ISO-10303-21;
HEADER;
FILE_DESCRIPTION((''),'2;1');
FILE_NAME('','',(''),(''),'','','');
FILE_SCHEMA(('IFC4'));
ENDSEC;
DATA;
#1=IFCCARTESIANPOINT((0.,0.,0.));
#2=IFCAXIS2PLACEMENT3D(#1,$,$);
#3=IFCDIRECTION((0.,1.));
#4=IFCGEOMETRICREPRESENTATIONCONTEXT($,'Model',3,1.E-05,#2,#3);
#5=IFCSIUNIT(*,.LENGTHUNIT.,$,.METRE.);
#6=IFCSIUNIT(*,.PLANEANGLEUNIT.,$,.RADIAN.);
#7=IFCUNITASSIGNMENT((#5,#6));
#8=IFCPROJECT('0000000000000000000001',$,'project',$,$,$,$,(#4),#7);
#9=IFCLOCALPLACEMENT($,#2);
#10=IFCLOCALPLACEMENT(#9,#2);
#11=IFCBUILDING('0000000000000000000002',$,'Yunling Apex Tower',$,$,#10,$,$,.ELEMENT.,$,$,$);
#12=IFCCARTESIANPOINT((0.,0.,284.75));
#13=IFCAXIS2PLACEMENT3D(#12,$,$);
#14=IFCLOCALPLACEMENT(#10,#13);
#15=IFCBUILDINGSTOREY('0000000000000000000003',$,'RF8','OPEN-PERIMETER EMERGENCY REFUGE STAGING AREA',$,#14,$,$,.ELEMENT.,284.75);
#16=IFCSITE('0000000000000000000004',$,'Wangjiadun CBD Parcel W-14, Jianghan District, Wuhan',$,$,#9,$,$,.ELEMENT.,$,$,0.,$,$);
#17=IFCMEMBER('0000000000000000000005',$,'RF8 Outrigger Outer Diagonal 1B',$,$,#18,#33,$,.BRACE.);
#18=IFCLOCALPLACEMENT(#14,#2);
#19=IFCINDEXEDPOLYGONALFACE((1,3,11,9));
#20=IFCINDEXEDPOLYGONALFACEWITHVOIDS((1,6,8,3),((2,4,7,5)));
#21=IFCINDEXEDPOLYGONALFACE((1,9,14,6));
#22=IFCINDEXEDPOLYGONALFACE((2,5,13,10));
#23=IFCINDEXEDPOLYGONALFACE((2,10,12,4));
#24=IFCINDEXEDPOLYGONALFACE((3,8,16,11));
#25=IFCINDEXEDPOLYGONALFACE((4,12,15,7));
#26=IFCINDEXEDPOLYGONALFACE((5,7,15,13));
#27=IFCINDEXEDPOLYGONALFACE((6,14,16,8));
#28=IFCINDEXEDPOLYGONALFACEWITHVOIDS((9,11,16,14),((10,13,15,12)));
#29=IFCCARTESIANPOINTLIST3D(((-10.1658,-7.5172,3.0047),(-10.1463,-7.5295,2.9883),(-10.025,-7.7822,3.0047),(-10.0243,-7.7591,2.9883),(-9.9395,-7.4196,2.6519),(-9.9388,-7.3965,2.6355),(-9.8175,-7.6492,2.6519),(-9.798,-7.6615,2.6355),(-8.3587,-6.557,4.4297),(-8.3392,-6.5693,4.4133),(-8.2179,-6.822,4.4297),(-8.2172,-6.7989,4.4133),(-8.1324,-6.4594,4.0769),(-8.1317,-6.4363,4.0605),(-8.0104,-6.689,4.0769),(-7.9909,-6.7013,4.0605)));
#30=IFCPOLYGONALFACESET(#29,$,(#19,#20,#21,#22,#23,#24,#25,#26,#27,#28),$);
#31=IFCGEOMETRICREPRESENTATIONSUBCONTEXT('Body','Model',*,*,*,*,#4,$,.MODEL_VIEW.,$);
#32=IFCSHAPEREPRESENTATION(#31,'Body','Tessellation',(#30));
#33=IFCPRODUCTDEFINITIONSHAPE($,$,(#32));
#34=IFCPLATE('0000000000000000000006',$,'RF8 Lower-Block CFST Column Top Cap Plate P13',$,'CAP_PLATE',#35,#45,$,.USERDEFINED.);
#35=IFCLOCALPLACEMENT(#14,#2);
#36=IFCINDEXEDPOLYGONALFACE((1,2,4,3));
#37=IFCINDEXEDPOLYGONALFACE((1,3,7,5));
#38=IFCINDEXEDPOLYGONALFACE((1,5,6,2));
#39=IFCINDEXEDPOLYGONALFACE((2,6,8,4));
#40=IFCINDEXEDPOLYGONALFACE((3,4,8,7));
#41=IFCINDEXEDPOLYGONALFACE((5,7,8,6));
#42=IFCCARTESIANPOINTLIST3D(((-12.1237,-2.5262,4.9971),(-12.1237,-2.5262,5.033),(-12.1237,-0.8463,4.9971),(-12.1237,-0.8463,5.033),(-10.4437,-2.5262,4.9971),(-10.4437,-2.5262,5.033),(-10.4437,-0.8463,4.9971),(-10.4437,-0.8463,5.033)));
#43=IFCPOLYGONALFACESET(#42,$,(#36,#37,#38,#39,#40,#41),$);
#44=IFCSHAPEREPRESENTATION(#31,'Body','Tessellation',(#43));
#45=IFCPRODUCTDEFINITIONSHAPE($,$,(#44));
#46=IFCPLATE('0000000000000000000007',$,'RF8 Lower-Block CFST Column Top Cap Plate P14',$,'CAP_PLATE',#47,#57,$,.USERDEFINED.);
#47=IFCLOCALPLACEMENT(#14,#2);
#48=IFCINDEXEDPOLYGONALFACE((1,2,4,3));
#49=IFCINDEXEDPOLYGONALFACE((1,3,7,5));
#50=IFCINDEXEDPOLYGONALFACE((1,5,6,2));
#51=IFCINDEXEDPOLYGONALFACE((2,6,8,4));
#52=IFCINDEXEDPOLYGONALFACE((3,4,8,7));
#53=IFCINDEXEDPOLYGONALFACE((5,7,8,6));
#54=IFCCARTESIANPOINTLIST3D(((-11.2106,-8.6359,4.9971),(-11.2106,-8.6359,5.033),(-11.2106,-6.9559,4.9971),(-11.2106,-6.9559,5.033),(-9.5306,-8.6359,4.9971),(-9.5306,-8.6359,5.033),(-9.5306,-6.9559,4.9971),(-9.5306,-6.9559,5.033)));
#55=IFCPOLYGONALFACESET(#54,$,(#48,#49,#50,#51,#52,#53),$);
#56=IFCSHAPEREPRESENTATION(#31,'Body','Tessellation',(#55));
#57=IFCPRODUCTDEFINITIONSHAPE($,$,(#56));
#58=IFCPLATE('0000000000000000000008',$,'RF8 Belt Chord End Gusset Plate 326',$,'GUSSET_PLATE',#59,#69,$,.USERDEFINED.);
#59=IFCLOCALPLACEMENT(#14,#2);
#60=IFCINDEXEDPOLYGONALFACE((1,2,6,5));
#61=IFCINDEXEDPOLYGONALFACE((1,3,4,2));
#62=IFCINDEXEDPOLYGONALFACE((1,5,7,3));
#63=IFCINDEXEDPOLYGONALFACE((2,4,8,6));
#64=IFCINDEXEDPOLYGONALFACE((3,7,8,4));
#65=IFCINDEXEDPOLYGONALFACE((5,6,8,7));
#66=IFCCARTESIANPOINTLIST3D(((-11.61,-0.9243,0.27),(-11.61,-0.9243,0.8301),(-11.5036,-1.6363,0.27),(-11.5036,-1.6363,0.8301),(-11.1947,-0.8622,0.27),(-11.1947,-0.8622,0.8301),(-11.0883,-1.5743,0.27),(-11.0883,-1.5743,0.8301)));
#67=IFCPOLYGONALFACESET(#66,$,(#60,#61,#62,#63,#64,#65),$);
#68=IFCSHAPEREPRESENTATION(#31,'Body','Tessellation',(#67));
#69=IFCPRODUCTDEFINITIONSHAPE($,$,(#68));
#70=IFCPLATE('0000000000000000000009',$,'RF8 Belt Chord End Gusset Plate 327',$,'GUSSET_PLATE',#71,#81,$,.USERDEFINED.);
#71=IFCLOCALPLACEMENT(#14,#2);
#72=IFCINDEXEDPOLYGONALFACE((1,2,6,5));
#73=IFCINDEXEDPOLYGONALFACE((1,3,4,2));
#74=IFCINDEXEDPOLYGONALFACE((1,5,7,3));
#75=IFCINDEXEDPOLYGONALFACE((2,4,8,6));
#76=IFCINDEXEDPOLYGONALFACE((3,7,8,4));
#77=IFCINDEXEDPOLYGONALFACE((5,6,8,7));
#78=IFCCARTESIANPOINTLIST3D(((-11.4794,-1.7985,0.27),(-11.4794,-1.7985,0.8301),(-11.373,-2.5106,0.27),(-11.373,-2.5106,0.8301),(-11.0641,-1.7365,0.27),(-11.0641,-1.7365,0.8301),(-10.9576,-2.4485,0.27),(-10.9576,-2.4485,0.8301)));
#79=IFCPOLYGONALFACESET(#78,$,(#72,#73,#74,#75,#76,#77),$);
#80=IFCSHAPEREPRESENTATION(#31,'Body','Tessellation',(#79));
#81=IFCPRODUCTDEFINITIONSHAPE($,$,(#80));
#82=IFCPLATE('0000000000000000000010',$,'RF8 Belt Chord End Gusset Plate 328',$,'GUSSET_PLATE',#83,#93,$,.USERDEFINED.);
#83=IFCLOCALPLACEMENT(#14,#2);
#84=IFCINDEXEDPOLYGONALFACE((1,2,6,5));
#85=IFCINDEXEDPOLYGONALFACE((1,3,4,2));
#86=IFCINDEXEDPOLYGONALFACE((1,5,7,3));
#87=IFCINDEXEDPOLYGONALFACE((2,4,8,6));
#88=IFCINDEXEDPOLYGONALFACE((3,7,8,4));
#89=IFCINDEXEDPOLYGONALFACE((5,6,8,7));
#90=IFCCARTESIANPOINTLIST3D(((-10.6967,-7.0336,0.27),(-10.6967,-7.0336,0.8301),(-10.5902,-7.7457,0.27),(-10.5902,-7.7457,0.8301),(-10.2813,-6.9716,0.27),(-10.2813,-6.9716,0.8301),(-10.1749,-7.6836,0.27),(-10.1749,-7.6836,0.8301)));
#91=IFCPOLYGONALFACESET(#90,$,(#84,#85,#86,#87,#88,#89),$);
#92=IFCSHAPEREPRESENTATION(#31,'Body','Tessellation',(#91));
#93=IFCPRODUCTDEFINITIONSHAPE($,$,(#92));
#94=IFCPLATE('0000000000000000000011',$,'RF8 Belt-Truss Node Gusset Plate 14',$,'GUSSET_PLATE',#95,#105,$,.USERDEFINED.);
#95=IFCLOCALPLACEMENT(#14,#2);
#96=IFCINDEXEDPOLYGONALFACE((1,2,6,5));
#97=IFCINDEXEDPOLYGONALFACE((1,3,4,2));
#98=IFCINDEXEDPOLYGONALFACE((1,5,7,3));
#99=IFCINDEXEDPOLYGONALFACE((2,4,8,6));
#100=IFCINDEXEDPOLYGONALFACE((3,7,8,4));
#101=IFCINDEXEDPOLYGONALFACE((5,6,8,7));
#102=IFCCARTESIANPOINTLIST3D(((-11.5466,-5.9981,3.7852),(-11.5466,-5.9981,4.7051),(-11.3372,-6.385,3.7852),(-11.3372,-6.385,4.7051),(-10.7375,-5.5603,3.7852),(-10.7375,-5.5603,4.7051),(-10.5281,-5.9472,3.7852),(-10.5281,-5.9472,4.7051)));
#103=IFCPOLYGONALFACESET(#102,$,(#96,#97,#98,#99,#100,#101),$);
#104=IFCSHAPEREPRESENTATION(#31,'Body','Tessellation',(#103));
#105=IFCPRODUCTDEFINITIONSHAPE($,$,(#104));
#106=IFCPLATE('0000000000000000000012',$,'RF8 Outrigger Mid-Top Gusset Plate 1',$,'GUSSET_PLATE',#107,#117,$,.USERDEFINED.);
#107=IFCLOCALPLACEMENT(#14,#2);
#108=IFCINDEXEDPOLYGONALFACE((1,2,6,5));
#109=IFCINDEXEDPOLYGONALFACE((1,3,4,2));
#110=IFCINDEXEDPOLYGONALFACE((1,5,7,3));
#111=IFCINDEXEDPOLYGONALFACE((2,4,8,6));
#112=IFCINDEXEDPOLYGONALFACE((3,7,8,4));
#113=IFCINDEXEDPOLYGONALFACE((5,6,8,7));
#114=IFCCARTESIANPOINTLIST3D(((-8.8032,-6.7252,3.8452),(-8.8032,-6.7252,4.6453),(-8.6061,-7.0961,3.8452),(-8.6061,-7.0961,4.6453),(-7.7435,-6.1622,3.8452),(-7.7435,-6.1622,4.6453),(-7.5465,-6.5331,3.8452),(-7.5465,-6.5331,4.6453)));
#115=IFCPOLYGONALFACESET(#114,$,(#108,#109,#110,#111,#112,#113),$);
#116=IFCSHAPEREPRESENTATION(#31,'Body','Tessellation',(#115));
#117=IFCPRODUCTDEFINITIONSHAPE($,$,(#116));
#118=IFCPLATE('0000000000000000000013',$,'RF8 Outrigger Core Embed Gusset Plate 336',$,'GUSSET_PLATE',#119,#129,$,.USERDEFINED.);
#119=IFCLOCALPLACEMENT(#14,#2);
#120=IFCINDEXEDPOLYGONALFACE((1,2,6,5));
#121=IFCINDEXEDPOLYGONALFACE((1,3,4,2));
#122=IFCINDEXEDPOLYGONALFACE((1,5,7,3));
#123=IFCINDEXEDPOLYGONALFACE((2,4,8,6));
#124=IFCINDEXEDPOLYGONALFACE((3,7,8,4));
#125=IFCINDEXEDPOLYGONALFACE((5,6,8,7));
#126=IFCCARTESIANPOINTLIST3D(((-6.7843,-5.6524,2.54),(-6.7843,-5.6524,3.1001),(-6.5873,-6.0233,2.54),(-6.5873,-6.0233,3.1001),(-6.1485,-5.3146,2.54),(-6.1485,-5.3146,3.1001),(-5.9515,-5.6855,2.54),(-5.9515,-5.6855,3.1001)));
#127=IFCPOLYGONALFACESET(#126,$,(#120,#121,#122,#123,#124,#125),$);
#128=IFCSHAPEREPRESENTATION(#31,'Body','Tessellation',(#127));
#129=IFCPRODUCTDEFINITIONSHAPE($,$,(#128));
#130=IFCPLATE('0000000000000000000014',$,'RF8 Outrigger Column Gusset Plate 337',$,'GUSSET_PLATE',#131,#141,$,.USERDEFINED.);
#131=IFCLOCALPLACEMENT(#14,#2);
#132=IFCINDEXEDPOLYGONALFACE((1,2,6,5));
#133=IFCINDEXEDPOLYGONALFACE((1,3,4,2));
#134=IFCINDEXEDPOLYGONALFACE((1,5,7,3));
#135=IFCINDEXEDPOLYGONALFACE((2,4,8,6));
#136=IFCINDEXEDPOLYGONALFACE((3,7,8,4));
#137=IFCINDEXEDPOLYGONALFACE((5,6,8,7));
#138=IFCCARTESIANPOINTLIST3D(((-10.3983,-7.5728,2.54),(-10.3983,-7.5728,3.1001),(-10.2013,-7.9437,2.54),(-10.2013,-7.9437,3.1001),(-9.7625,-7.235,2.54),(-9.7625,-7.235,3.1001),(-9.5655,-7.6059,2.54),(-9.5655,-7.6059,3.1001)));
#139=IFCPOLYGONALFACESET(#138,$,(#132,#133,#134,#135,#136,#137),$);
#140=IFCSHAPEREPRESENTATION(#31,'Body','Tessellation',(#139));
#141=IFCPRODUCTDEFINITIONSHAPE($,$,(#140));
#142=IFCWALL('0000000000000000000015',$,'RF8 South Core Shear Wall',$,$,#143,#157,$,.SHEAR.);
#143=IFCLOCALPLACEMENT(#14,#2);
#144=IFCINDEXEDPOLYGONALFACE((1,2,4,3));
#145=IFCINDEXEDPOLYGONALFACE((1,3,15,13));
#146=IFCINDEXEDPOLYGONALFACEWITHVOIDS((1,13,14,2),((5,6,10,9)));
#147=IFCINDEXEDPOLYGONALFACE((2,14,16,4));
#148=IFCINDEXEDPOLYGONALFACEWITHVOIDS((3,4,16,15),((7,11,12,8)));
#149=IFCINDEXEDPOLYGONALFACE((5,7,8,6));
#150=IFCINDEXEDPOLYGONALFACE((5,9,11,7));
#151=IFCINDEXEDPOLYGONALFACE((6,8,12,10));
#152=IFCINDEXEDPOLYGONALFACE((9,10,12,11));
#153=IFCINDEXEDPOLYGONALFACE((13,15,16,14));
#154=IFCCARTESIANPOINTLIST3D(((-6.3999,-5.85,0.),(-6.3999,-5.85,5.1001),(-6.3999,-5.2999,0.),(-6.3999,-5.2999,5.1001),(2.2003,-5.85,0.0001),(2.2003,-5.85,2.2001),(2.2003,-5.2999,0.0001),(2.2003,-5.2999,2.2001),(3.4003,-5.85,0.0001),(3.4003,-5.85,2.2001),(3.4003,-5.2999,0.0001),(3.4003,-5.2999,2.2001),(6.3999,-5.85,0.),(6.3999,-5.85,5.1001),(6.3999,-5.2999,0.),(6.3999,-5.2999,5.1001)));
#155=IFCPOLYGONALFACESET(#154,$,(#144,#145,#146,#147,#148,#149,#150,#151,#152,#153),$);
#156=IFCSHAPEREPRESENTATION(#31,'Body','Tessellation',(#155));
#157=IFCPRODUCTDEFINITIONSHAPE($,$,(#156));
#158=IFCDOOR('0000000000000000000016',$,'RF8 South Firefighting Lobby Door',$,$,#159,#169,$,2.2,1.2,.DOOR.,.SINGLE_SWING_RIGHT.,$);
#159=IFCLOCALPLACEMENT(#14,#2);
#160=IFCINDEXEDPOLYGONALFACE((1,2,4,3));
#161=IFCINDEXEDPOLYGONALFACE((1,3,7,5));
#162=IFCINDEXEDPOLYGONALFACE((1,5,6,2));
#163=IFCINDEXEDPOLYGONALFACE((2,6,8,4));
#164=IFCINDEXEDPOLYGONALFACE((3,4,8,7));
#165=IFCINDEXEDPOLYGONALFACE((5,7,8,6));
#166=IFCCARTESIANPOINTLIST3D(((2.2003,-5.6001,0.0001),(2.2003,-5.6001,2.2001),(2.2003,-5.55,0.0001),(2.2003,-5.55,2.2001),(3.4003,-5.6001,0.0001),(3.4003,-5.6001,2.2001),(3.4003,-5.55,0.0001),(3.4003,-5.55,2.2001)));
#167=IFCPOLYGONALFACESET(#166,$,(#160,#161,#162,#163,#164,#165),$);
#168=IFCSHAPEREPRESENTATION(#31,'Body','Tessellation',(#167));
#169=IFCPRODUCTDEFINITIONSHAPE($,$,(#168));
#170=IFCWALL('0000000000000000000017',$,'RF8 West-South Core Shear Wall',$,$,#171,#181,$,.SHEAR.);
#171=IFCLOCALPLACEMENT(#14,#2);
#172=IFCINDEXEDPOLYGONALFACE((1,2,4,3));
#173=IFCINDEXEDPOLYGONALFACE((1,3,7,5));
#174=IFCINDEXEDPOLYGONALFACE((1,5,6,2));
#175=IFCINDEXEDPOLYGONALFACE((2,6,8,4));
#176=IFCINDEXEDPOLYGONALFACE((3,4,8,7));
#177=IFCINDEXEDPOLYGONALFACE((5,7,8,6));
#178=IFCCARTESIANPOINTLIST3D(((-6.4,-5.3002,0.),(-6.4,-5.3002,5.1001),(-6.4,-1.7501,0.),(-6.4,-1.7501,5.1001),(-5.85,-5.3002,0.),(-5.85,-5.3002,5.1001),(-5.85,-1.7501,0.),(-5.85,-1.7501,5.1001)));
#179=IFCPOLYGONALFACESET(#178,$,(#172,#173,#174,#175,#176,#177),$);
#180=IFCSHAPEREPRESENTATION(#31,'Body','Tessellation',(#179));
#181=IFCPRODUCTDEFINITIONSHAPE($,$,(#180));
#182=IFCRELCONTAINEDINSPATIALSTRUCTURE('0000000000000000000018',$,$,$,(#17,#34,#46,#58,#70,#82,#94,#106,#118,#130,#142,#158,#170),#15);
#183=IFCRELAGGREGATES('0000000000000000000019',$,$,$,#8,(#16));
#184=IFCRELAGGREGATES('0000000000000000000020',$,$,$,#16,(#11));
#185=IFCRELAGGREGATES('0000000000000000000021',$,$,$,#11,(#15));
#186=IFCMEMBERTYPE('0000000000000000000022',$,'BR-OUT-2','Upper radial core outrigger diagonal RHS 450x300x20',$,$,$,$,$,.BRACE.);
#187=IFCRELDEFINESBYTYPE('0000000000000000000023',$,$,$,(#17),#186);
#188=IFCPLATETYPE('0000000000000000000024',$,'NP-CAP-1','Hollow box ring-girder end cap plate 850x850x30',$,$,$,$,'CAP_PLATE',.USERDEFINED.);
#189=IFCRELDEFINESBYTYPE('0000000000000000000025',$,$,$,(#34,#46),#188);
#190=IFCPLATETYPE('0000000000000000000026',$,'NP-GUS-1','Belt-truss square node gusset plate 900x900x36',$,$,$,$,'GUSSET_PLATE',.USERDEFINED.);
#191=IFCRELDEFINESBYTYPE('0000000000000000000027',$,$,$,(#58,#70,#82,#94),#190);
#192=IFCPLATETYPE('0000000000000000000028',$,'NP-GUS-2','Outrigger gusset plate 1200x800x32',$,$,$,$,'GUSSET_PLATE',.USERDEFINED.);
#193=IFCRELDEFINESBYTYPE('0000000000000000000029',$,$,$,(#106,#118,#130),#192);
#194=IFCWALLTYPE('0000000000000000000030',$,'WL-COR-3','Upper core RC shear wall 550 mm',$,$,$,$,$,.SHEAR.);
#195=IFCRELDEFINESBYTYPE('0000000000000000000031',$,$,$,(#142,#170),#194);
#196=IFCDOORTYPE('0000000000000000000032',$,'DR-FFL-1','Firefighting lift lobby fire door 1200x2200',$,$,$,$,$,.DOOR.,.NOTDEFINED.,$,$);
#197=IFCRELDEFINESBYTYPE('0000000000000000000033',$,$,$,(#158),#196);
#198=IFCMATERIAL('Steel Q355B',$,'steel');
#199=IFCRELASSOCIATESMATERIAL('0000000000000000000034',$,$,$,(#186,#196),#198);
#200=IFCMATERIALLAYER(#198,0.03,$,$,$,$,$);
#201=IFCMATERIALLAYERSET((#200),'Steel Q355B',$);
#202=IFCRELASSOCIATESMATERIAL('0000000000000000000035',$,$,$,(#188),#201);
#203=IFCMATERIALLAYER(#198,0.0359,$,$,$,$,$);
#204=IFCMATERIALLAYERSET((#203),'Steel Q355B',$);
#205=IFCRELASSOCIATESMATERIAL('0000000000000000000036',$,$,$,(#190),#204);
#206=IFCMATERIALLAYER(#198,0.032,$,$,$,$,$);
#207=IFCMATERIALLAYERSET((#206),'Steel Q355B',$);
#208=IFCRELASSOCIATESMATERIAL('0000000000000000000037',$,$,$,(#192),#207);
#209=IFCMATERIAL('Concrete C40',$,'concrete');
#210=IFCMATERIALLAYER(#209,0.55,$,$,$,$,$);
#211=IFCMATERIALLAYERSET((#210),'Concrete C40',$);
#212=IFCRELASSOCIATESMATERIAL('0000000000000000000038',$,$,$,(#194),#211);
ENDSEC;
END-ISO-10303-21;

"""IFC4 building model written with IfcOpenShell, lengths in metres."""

from ifc_helpers import new_model, si_unit, direction, frame, frame_2d, origin, origin_2d, place, context, subcontext, project, spatial, rectangle, hollow_rectangle, extrude, source, transform, mapped, material, layer, layer_set, material_profile, profile_set, type_object, element, fill, save


model = new_model("IFC4")

# Units and contexts
model_context = context("Model", 3, precision=1e-05, world=origin(), true_north=direction((0.0, 1.0)))
body_context = subcontext(model_context, "Body", "Model", "MODEL_VIEW")
ifc_project = project(units=[si_unit("LENGTHUNIT", "METRE"), si_unit("PLANEANGLEUNIT", "RADIAN")], contexts=[model_context])

# Site, building, storey
site_placement = place(None, origin())
site = spatial("IfcSite", under=ifc_project, at=site_placement, Name="Wangjiadun CBD Parcel W-14, Jianghan District, Wuhan", CompositionType="ELEMENT", RefElevation=0.0)
building_placement = place(site_placement, origin())
building = spatial("IfcBuilding", under=site, at=building_placement, Name="Yunling Apex Tower", CompositionType="ELEMENT")
storey_placement = place(building_placement, frame((0.0, 0.0, 284.75)))
storey = spatial("IfcBuildingStorey", under=building, at=storey_placement, Name="RF8", Description="OPEN-PERIMETER EMERGENCY REFUGE STAGING AREA", CompositionType="ELEMENT", Elevation=284.75)

# Shared definitions
ifc_material_1 = material(Name="Steel Q355B", Category="steel")

# Shared definitions
ifc_material_2 = material(Name="Concrete C40", Category="concrete")

# Member
ifc_material_profile_1 = material_profile(ifc_material_1, hollow_rectangle(XDim=0.3, YDim=0.45, WallThickness=0.02, at=origin_2d()))
ifc_profile_set_1 = profile_set([ifc_material_profile_1], Name="Steel Q355B")
member_type_1 = type_object("IfcMemberType", Name="BR-OUT-2", Description="Upper radial core outrigger diagonal RHS 450x300x20", PredefinedType="BRACE", material=ifc_profile_set_1)
shared_shape_1 = source(origin(), body_context, "Body", "SweptSolid", [
    extrude(hollow_rectangle(XDim=0.3, YDim=0.45, WallThickness=0.02, at=origin_2d()), origin(), (0.0, 0.0, 1.0), 2.4937),
])
member_1_placement = place(storey_placement, frame((-8.1748, -6.6292, 4.2451), z_axis=(-0.724682, -0.385054, -0.571463), x_axis=(0.469219, -0.883082, 0.0)))
element("IfcMember", 1, at=member_1_placement, inside=storey, type_object=member_type_1, Name="RF8 Outrigger Outer Diagonal 1B", PredefinedType="BRACE", context=body_context, shape_type="MappedRepresentation", body=[
    mapped(shared_shape_1, transform((0.0, 0.0, 0.0), scale=1.0)),
])

# Plates
ifc_layer_1 = layer(ifc_material_1, 0.03)
ifc_layer_set_1 = layer_set([ifc_layer_1], Name="Steel Q355B")
plate_type_1 = type_object("IfcPlateType", Name="NP-CAP-1", Description="Hollow box ring-girder end cap plate 850x850x30", ElementType="CAP_PLATE", PredefinedType="USERDEFINED", material=ifc_layer_set_1)
shared_shape_2 = source(origin(), body_context, "Body", "SweptSolid", [
    extrude(rectangle(XDim=1.6799, YDim=1.6799, at=origin_2d()), origin(), (0.0, 0.0, 1.0), 0.0359),
])
for number, where, z_axis, x_axis, name in (
    (2, (-11.2837, -1.6863, 4.9971), (0.0, 0.0, 1.0), (1.0, 0.0, 0.0), "RF8 Lower-Block CFST Column Top Cap Plate P13"),
    (3, (-10.3706, -7.7959, 4.9971), (0.0, 0.0, 1.0), (1.0, 0.0, 0.0), "RF8 Lower-Block CFST Column Top Cap Plate P14"),
):
    element("IfcPlate", number, at=place(storey_placement, frame(where, z_axis=z_axis, x_axis=x_axis)), inside=storey, type_object=plate_type_1, Name=name, ObjectType="CAP_PLATE", PredefinedType="USERDEFINED", context=body_context, shape_type="MappedRepresentation", body=[
        mapped(shared_shape_2, transform((0.0, 0.0, 0.0), scale=1.0)),
    ])
ifc_layer_2 = layer(ifc_material_1, 0.0359)
ifc_layer_set_2 = layer_set([ifc_layer_2], Name="Steel Q355B")
plate_type_2 = type_object("IfcPlateType", Name="NP-GUS-1", Description="Belt-truss square node gusset plate 900x900x36", ElementType="GUSSET_PLATE", PredefinedType="USERDEFINED", material=ifc_layer_set_2)
shared_shape_3 = source(origin(), body_context, "Body", "SweptSolid", [
    extrude(rectangle(XDim=0.72, YDim=0.4199, at=origin_2d()), origin(), (0.0, 0.0, 1.0), 0.5601),
])
for number, where, z_axis, x_axis, name in (
    (4, (-11.3491, -1.2493, 0.27), (0.0, 0.0, 1.0), (0.147809, -0.989016, 0.0), "RF8 Belt Chord End Gusset Plate 326"),
    (5, (-11.2185, -2.1235, 0.27), (0.0, 0.0, 1.0), (0.147809, -0.989016, 0.0), "RF8 Belt Chord End Gusset Plate 327"),
    (6, (-10.4358, -7.3586, 0.27), (0.0, 0.0, 1.0), (0.147809, -0.989016, 0.0), "RF8 Belt Chord End Gusset Plate 328"),
):
    element("IfcPlate", number, at=place(storey_placement, frame(where, z_axis=z_axis, x_axis=x_axis)), inside=storey, type_object=plate_type_2, Name=name, ObjectType="GUSSET_PLATE", PredefinedType="USERDEFINED", context=body_context, shape_type="MappedRepresentation", body=[
        mapped(shared_shape_3, transform((0.0, 0.0, 0.0), scale=1.0)),
    ])
shared_shape_4 = source(origin(), body_context, "Body", "SweptSolid", [
    extrude(rectangle(XDim=0.9199, YDim=0.4399, at=origin_2d()), origin(), (0.0, 0.0, 1.0), 0.9199),
])
plate_1_placement = place(storey_placement, frame((-11.0374, -5.9727, 3.7852), z_axis=(0.0, 0.0, 1.0), x_axis=(-0.879482, -0.475931, 0.0)))
element("IfcPlate", 7, at=plate_1_placement, inside=storey, type_object=plate_type_2, Name="RF8 Belt-Truss Node Gusset Plate 14", ObjectType="GUSSET_PLATE", PredefinedType="USERDEFINED", context=body_context, shape_type="MappedRepresentation", body=[
    mapped(shared_shape_4, transform((0.0, 0.0, 0.0), scale=1.0)),
])
ifc_layer_3 = layer(ifc_material_1, 0.032)
ifc_layer_set_3 = layer_set([ifc_layer_3], Name="Steel Q355B")
plate_type_3 = type_object("IfcPlateType", Name="NP-GUS-2", Description="Outrigger gusset plate 1200x800x32", ElementType="GUSSET_PLATE", PredefinedType="USERDEFINED", material=ifc_layer_set_3)
shared_shape_5 = source(origin(), body_context, "Body", "SweptSolid", [
    extrude(rectangle(XDim=1.2, YDim=0.4199, at=origin_2d()), origin(), (0.0, 0.0, 1.0), 0.8),
])
plate_2_placement = place(storey_placement, frame((-8.1748, -6.6292, 3.8452), z_axis=(0.0, 0.0, 1.0), x_axis=(-0.883111, -0.469163, 0.0)))
element("IfcPlate", 8, at=plate_2_placement, inside=storey, type_object=plate_type_3, Name="RF8 Outrigger Mid-Top Gusset Plate 1", ObjectType="GUSSET_PLATE", PredefinedType="USERDEFINED", context=body_context, shape_type="MappedRepresentation", body=[
    mapped(shared_shape_5, transform((0.0, 0.0, 0.0), scale=1.0)),
])
shared_shape_6 = source(origin(), body_context, "Body", "SweptSolid", [
    extrude(rectangle(XDim=0.72, YDim=0.4199, at=origin_2d()), origin(), (0.0, 0.0, 1.0), 0.5601),
])
for number, where, z_axis, x_axis, name in (
    (9, (-6.3679, -5.6689, 2.54), (0.0, 0.0, 1.0), (-0.883111, -0.469163, 0.0), "RF8 Outrigger Core Embed Gusset Plate 336"),
    (10, (-9.9819, -7.5894, 2.54), (0.0, 0.0, 1.0), (-0.883111, -0.469163, 0.0), "RF8 Outrigger Column Gusset Plate 337"),
):
    element("IfcPlate", number, at=place(storey_placement, frame(where, z_axis=z_axis, x_axis=x_axis)), inside=storey, type_object=plate_type_3, Name=name, ObjectType="GUSSET_PLATE", PredefinedType="USERDEFINED", context=body_context, shape_type="MappedRepresentation", body=[
        mapped(shared_shape_6, transform((0.0, 0.0, 0.0), scale=1.0)),
    ])

# Wall, opening, door
ifc_layer_4 = layer(ifc_material_2, 0.55)
ifc_layer_set_4 = layer_set([ifc_layer_4], Name="Concrete C40")
wall_type_1 = type_object("IfcWallType", Name="WL-COR-3", Description="Upper core RC shear wall 550 mm", PredefinedType="SHEAR", material=ifc_layer_set_4)
wall_1_placement = place(storey_placement, frame((-6.3999, -5.575, 0.0), z_axis=(0.0, 0.0, 1.0), x_axis=(1.0, 0.0, 0.0)))
wall_1 = element("IfcWall", 11, at=wall_1_placement, inside=storey, type_object=wall_type_1, Name="RF8 South Core Shear Wall", PredefinedType="SHEAR", context=body_context, shape_type="SweptSolid", body=[
    extrude(rectangle(XDim=12.7998, YDim=0.55, at=frame_2d((6.3999, 0.0))), origin(), (0.0, 0.0, 1.0), 5.1001),
])
opening_placement = place(wall_1_placement, frame((8.6001, 0.0, 0.0)))
opening = element("IfcOpeningElement", 12, at=opening_placement, cuts=wall_1, PredefinedType="OPENING", context=body_context, shape_type="SweptSolid", body=[
    extrude(rectangle(XDim=1.2, YDim=2.2, at=frame_2d((0.6001, 1.1001))), frame((0.0, 0.2852, 0.0), z_axis=(0.0, -1.0, 0.0), x_axis=(1.0, 0.0, 0.0)), (0.0, 0.0, 1.0), 0.5701),
])
door_type = type_object("IfcDoorType", Name="DR-FFL-1", Description="Firefighting lift lobby fire door 1200x2200", OperationType="NOTDEFINED", PredefinedType="DOOR", material=ifc_material_1)
door_placement = place(opening_placement, origin())
door = element("IfcDoor", 13, at=door_placement, inside=storey, type_object=door_type, Name="RF8 South Firefighting Lobby Door", OperationType="SINGLE_SWING_RIGHT", OverallHeight=2.2, OverallWidth=1.2, PredefinedType="DOOR", context=body_context, shape_type="SweptSolid", body=[
    extrude(rectangle(XDim=1.2, YDim=2.2, at=frame_2d((0.6001, 1.1001))), frame((0.0, 0.0249, 0.0), z_axis=(0.0, -1.0, 0.0), x_axis=(1.0, 0.0, 0.0)), (0.0, 0.0, 1.0), 0.05),
])
fill(opening, door)

# Wall
wall_2_placement = place(storey_placement, frame((-6.125, -5.3, 0.0), z_axis=(0.0, 0.0, 1.0), x_axis=(0.0, 1.0, 0.0)))
element("IfcWall", 14, at=wall_2_placement, inside=storey, type_object=wall_type_1, Name="RF8 West-South Core Shear Wall", PredefinedType="SHEAR", context=body_context, shape_type="SweptSolid", body=[
    extrude(rectangle(XDim=3.55, YDim=0.55, at=frame_2d((1.7749, 0.0))), origin(), (0.0, 0.0, 1.0), 5.1001),
])

save(model, "model.ifc")
